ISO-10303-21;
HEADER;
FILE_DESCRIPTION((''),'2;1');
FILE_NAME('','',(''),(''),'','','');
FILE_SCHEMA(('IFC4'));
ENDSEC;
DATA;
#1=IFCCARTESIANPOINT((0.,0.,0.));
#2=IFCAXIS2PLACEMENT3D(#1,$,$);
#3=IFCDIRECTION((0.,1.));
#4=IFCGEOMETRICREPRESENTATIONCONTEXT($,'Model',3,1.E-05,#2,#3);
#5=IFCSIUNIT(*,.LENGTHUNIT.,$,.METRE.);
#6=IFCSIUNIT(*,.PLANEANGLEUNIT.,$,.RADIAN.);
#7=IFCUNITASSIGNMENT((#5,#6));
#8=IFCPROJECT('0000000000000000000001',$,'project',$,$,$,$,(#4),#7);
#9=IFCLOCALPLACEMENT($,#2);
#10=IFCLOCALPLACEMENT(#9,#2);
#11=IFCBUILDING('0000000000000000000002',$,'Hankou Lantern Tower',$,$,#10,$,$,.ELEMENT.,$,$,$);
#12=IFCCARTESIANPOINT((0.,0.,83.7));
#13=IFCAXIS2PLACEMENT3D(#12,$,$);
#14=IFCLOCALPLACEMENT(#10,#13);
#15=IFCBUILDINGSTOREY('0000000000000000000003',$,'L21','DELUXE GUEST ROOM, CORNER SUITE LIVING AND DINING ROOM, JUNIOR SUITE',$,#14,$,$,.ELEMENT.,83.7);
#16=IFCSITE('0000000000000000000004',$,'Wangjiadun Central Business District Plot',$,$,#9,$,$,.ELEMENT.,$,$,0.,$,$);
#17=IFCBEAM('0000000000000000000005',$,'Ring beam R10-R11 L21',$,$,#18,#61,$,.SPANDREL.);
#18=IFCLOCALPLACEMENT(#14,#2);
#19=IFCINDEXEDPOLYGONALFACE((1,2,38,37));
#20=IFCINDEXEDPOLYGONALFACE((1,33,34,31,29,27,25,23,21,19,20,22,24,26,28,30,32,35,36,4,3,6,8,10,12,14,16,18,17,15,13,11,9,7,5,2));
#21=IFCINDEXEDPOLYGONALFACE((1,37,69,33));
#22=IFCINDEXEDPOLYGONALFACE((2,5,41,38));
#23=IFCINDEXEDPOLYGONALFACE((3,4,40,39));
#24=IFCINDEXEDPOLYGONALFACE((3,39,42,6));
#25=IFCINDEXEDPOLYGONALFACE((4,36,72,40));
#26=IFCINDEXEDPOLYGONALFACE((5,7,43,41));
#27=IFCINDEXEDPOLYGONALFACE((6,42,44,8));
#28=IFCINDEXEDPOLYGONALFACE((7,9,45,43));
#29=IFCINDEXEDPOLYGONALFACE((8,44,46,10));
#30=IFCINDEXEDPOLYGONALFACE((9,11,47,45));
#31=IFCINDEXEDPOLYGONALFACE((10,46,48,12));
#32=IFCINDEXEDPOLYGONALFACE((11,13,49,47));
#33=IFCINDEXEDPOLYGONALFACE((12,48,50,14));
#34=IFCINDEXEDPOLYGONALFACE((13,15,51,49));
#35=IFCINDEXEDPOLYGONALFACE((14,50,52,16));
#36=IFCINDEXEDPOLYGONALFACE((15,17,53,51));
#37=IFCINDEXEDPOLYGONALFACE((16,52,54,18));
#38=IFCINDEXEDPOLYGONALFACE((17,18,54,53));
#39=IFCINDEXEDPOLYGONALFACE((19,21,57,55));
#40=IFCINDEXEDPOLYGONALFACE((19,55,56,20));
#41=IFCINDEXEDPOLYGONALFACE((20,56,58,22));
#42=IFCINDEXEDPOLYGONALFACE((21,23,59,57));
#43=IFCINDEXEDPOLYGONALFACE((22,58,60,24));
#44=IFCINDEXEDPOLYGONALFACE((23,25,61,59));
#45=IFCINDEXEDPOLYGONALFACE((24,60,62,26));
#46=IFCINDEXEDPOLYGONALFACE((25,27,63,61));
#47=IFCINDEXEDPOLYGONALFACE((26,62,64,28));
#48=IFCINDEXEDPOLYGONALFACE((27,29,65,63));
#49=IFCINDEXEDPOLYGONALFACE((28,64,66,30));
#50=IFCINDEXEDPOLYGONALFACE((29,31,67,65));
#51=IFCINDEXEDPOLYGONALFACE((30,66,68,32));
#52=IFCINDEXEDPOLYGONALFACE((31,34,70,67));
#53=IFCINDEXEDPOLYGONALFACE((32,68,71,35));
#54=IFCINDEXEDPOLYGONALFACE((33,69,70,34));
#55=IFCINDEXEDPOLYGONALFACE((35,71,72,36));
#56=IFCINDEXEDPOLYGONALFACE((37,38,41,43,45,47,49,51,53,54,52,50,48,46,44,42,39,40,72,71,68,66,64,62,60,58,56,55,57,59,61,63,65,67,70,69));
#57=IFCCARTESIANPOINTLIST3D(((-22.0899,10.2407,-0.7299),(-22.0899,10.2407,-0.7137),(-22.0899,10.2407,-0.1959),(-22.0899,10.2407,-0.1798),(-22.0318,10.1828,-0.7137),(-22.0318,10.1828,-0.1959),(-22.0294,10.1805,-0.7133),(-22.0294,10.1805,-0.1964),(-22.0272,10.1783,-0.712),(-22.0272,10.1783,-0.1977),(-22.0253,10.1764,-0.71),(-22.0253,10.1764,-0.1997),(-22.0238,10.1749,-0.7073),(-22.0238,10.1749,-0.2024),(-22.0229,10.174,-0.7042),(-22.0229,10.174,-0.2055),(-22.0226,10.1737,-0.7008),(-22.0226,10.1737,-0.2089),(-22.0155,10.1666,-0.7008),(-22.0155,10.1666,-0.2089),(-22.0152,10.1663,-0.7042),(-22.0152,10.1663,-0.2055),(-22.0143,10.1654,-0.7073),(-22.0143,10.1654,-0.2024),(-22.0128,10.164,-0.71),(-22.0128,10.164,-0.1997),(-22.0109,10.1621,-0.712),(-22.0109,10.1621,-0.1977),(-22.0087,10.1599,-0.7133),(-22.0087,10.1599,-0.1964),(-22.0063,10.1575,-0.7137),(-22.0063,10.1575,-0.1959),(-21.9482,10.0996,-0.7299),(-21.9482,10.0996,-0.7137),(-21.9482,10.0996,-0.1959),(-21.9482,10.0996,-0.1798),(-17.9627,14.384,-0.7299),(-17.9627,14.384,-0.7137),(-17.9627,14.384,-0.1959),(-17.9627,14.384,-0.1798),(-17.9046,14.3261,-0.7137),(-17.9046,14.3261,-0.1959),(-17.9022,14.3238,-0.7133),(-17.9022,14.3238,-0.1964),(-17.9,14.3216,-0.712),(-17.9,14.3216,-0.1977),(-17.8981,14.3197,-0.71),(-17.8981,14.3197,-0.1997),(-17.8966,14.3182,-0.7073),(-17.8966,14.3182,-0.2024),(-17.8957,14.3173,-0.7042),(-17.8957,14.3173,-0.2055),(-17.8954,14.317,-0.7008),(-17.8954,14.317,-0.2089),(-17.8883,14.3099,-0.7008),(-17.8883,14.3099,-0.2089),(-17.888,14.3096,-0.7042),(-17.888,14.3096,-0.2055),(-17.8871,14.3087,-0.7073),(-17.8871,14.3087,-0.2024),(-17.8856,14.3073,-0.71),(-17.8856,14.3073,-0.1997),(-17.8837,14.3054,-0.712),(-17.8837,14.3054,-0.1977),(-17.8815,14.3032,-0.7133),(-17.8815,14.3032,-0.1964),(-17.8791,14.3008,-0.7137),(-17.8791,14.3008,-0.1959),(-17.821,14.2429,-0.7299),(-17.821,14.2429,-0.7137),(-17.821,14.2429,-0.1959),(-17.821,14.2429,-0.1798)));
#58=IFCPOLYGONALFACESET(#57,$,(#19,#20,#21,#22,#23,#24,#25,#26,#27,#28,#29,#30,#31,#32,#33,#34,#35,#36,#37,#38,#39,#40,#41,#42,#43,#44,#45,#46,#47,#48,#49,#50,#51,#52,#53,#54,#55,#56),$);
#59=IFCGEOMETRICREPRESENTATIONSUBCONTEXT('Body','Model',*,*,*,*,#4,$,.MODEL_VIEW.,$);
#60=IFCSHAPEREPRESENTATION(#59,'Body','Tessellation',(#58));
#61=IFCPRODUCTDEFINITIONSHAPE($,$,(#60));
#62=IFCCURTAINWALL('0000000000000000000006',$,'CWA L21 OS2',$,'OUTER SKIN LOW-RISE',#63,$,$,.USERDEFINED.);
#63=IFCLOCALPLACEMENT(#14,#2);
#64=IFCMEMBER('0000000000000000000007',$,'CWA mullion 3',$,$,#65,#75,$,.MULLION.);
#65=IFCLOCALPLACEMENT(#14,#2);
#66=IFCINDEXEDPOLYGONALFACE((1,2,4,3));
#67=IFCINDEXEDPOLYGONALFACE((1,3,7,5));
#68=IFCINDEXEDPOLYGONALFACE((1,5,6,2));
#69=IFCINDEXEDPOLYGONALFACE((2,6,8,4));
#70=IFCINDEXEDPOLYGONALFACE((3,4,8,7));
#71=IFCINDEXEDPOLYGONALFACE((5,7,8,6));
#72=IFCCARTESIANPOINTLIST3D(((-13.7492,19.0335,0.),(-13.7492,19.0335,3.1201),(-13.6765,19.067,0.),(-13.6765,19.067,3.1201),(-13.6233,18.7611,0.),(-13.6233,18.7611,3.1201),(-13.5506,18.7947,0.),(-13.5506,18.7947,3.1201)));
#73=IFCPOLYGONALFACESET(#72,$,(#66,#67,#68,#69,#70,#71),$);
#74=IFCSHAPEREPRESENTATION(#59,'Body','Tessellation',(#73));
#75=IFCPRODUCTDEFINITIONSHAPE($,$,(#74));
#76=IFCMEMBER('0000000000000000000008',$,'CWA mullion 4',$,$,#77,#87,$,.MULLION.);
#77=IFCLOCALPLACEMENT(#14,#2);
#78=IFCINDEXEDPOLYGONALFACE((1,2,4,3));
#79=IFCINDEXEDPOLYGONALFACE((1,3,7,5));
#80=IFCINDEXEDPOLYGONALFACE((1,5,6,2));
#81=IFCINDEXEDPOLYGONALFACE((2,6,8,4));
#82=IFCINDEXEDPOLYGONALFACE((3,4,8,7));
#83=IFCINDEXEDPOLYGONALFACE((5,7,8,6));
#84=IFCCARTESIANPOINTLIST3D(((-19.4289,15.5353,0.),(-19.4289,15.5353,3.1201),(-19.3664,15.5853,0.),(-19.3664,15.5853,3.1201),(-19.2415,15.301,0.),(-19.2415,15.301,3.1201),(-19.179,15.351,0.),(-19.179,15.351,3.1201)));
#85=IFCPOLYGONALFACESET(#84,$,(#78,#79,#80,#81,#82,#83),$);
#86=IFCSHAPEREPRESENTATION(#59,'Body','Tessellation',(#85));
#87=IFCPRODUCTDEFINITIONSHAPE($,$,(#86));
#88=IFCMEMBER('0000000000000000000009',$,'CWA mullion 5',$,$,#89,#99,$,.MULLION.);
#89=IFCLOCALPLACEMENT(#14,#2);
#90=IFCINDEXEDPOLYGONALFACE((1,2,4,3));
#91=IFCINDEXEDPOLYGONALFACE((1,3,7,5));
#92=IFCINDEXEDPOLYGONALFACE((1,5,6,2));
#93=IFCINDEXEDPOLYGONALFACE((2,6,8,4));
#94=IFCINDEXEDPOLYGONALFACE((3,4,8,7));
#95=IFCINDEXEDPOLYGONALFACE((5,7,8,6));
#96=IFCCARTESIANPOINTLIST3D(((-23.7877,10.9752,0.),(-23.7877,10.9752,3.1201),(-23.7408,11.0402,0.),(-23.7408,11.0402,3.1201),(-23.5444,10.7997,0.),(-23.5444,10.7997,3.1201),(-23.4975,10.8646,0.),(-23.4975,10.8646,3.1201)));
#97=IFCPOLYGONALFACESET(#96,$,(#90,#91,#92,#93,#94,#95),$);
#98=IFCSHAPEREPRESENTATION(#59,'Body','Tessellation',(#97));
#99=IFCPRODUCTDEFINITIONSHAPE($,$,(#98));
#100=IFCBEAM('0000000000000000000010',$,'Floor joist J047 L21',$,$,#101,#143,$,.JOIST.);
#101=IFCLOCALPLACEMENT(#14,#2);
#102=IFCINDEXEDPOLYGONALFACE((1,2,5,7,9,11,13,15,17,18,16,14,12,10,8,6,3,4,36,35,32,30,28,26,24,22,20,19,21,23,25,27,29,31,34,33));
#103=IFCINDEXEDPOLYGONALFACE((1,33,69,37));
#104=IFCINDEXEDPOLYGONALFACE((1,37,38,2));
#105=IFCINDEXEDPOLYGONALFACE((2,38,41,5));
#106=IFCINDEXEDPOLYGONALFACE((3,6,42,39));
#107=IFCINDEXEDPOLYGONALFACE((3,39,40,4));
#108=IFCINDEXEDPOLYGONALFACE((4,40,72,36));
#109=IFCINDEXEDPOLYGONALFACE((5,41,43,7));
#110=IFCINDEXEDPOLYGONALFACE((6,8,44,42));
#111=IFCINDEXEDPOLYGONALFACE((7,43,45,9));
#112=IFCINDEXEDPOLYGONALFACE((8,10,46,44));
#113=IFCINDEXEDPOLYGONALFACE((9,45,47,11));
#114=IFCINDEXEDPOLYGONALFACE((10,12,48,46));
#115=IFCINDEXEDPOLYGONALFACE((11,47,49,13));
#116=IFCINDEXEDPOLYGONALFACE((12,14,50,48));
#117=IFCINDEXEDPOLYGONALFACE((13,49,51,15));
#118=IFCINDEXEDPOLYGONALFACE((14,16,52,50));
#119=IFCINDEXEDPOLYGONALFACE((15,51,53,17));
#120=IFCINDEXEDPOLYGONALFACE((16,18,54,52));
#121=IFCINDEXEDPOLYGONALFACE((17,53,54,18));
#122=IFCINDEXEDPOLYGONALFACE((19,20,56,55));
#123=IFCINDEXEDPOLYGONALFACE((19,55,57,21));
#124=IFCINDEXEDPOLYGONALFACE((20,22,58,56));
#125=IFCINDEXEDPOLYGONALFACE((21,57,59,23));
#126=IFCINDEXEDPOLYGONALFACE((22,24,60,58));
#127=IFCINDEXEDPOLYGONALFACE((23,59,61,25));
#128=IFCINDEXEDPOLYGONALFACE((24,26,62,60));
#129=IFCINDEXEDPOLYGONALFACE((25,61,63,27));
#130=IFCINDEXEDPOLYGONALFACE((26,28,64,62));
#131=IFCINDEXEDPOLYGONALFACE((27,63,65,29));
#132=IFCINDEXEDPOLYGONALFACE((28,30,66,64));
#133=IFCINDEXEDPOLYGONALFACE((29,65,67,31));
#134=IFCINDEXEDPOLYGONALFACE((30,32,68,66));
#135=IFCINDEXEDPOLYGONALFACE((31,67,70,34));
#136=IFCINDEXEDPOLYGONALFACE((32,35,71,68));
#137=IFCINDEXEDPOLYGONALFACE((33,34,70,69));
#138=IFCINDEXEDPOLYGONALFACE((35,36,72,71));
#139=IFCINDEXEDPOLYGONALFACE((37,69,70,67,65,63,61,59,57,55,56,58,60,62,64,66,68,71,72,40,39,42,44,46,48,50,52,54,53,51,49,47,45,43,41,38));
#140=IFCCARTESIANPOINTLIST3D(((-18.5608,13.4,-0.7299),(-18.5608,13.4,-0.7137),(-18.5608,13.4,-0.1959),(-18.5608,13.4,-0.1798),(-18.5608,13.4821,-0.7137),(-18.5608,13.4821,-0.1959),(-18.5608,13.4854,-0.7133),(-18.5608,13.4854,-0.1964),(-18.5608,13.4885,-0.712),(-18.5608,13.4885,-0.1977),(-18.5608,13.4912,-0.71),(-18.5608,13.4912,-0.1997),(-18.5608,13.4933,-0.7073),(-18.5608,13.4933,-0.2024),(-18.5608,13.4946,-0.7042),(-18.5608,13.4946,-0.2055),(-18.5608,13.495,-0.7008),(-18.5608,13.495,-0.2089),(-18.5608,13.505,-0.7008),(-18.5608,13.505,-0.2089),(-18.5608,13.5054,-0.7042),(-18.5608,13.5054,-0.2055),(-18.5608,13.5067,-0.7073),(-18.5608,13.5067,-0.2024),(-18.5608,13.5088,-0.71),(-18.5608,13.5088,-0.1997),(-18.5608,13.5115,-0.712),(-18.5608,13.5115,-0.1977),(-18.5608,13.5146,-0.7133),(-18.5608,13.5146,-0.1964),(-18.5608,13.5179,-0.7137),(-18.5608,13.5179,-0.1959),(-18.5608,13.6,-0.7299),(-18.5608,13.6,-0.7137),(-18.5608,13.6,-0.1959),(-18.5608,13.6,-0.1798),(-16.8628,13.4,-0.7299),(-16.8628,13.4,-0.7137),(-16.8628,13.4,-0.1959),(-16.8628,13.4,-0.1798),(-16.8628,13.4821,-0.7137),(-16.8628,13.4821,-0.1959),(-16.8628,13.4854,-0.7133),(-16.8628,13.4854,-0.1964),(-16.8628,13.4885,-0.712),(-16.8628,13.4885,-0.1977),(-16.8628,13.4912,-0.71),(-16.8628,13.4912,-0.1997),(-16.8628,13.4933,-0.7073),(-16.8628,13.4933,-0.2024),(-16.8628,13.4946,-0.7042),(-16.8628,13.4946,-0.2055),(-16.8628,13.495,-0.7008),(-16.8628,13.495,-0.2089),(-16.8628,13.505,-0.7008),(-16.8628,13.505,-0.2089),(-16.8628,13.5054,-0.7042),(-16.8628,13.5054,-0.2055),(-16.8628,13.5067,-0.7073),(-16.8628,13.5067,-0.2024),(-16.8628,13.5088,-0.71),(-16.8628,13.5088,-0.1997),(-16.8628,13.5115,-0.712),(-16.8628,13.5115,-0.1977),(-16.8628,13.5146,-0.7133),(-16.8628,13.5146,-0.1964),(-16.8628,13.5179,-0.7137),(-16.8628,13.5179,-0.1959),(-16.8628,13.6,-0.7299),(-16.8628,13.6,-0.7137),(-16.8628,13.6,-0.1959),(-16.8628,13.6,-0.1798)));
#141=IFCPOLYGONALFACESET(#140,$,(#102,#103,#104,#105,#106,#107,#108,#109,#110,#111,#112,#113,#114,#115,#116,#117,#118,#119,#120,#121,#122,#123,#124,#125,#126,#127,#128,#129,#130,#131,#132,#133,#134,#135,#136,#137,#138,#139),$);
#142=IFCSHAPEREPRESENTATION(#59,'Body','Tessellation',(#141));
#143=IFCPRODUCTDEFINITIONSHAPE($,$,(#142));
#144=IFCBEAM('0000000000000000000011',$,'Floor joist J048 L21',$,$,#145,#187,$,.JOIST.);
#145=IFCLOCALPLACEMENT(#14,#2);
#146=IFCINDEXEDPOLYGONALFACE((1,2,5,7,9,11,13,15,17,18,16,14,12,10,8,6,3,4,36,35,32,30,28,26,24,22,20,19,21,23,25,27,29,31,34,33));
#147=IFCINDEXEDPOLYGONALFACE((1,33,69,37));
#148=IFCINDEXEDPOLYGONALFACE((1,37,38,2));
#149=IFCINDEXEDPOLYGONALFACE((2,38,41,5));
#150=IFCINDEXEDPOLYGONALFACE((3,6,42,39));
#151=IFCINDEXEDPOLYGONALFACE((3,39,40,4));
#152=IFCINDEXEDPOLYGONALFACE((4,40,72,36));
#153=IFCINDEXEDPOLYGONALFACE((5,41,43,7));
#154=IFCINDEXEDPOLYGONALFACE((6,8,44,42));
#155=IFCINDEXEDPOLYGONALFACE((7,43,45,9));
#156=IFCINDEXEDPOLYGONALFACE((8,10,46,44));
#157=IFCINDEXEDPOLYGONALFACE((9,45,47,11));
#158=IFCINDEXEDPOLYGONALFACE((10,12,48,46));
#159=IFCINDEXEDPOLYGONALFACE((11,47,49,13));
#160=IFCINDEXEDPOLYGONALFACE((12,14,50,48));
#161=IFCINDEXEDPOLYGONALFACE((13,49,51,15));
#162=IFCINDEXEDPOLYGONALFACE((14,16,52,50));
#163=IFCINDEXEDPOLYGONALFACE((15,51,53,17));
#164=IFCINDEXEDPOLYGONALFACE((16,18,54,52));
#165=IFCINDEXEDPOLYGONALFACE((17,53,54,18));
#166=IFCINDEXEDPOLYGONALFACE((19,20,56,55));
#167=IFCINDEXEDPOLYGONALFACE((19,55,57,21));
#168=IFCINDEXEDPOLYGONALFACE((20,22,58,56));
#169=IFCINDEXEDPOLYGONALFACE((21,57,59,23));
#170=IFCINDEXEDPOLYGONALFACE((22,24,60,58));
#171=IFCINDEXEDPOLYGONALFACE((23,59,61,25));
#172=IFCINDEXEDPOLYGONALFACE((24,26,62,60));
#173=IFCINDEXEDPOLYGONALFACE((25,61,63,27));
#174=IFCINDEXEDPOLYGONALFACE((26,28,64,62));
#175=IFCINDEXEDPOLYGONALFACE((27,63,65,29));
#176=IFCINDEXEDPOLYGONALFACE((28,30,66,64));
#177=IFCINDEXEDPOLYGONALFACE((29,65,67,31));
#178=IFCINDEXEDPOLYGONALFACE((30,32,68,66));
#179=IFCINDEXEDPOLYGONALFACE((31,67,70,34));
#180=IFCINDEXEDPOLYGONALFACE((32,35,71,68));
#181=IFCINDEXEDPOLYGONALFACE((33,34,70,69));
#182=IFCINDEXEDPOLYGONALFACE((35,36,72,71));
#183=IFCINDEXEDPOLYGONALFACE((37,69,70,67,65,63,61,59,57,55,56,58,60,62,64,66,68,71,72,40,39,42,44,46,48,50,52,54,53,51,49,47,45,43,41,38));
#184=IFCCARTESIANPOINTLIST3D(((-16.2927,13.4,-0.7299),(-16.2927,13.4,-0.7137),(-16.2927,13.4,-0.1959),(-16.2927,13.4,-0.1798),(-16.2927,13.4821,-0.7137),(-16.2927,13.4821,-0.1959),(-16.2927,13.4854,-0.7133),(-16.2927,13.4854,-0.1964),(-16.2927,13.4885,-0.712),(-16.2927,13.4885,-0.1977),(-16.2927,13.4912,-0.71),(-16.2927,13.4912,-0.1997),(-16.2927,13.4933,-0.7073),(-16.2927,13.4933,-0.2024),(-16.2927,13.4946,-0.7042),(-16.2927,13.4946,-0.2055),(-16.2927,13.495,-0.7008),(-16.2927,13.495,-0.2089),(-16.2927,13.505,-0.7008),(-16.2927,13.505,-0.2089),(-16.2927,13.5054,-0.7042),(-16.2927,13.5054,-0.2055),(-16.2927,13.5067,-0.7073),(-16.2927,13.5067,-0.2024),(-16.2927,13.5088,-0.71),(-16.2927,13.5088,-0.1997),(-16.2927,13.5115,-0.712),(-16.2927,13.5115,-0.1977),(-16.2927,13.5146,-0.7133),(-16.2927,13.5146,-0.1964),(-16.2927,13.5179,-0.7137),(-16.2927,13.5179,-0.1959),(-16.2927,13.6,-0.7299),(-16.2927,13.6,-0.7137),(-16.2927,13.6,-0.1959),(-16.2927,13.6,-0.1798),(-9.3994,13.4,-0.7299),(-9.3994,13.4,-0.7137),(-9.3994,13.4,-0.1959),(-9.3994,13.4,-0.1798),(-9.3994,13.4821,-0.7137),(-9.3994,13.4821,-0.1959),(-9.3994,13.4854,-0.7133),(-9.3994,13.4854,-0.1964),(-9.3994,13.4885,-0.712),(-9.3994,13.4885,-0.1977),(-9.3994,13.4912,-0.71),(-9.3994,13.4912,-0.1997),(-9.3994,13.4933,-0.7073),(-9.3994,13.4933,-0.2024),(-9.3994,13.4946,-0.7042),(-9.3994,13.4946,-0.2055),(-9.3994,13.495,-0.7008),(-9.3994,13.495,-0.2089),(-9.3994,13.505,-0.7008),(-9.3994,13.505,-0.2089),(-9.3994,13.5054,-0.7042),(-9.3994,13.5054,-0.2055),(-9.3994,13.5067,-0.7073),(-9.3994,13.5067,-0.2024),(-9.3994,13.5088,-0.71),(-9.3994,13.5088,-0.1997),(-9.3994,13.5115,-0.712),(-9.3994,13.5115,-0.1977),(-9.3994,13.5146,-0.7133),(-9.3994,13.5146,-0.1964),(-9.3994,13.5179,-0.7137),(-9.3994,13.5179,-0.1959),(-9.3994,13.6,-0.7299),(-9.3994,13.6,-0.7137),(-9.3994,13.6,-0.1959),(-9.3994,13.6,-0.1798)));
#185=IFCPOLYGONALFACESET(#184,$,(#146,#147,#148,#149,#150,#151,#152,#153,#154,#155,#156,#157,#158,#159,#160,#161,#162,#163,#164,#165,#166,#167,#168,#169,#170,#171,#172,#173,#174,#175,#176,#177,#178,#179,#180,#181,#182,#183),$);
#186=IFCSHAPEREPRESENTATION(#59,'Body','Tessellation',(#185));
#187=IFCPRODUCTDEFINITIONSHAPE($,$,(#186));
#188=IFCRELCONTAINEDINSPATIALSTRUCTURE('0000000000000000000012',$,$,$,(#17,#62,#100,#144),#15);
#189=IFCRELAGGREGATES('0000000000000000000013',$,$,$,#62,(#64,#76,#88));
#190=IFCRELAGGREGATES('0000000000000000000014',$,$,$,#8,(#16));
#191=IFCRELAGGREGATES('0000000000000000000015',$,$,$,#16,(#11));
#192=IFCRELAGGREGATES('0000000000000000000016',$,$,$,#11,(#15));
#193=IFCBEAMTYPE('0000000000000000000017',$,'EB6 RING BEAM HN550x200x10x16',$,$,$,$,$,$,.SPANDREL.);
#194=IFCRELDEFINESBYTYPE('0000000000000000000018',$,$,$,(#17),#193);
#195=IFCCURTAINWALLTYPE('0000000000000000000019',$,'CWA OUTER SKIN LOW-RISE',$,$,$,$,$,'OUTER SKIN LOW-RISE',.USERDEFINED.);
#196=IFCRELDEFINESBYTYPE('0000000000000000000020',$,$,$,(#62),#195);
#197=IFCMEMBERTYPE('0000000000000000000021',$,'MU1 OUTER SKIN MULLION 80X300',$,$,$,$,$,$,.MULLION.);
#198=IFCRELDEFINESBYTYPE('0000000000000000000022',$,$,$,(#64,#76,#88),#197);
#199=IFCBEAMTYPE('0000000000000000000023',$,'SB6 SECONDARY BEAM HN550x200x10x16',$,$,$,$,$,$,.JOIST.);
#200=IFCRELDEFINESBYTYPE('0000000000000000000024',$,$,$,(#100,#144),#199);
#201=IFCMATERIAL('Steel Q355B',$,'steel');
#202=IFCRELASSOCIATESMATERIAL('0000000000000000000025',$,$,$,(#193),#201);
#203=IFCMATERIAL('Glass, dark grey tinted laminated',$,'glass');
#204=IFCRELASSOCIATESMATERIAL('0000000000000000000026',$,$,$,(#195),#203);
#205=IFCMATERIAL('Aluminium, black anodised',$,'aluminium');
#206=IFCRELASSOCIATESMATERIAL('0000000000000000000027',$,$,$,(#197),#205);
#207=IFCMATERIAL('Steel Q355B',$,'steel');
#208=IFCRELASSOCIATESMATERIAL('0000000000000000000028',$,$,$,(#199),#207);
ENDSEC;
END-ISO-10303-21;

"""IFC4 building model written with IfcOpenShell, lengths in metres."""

from ifc_helpers import new_model, si_unit, direction, frame, origin, origin_2d, place, context, subcontext, project, spatial, rectangle, i_section, extrude, material, material_profile, profile_set, type_object, element, aggregate, save


model = new_model("IFC4")

# Units and contexts
model_context = context("Model", 3, precision=1e-05, world=origin(), true_north=direction((0.0, 1.0)))
body_context = subcontext(model_context, "Body", "Model", "MODEL_VIEW")
ifc_project = project(units=[si_unit("LENGTHUNIT", "METRE"), si_unit("PLANEANGLEUNIT", "RADIAN")], contexts=[model_context])

# Site, building, storey
site_placement = place(None, origin())
site = spatial("IfcSite", under=ifc_project, at=site_placement, Name="Wangjiadun Central Business District Plot", CompositionType="ELEMENT", RefElevation=0.0)
building_placement = place(site_placement, origin())
building = spatial("IfcBuilding", under=site, at=building_placement, Name="Hankou Lantern Tower", CompositionType="ELEMENT")
storey_placement = place(building_placement, frame((0.0, 0.0, 83.7)))
storey = spatial("IfcBuildingStorey", under=building, at=storey_placement, Name="L21", Description="DELUXE GUEST ROOM, CORNER SUITE LIVING AND DINING ROOM, JUNIOR SUITE", CompositionType="ELEMENT", Elevation=83.7)

# Beam
ifc_material_1 = material(Name="Steel Q355B", Category="steel")
ifc_material_profile_1 = material_profile(ifc_material_1, i_section(OverallWidth=0.2, OverallDepth=0.55, WebThickness=0.01, FlangeThickness=0.0161, FilletRadius=0.0129, at=origin_2d()), Name="HN550x200x10x16")
ifc_profile_set_1 = profile_set([ifc_material_profile_1], Name="Steel Q355B")
beam_type_1 = type_object("IfcBeamType", Name="EB6 RING BEAM HN550x200x10x16", PredefinedType="SPANDREL", material=ifc_profile_set_1)
beam_1_placement = place(storey_placement, frame((-17.8918, 14.3135, -0.4548), z_axis=(-0.705728, -0.708483, 0.0), x_axis=(0.708483, -0.705728, 0.0)))
element("IfcBeam", 1, at=beam_1_placement, inside=storey, type_object=beam_type_1, Name="Ring beam R10-R11 L21", PredefinedType="SPANDREL", context=body_context, shape_type="SweptSolid", body=[
    extrude(i_section(OverallWidth=0.2, OverallDepth=0.55, WebThickness=0.01, FlangeThickness=0.0161, FilletRadius=0.0129, at=origin_2d()), origin(), (0.0, 0.0, 1.0), 5.8481),
])

# Curtain wall, members
ifc_material_2 = material(Name="Glass, dark grey tinted laminated", Category="glass")
curtain_wall_type = type_object("IfcCurtainWallType", Name="CWA OUTER SKIN LOW-RISE", ElementType="OUTER SKIN LOW-RISE", PredefinedType="USERDEFINED", material=ifc_material_2)
curtain_wall_placement = place(storey_placement, origin())
curtain_wall = element("IfcCurtainWall", 2, at=curtain_wall_placement, inside=storey, type_object=curtain_wall_type, Name="CWA L21 OS2", ObjectType="OUTER SKIN LOW-RISE", PredefinedType="USERDEFINED")
ifc_material_3 = material(Name="Aluminium, black anodised", Category="aluminium")
ifc_material_profile_2 = material_profile(ifc_material_3, rectangle(XDim=0.0801, YDim=0.3, at=origin_2d()), Name="MU1 80X300")
ifc_profile_set_2 = profile_set([ifc_material_profile_2], Name="Aluminium, black anodised")
member_type_1 = type_object("IfcMemberType", Name="MU1 OUTER SKIN MULLION 80X300", PredefinedType="MULLION", material=ifc_profile_set_2)
member_1_placement = place(storey_placement, frame((-13.6499, 18.9141, 0.0), z_axis=(0.0, 0.0, 1.0), x_axis=(-0.907841, -0.419314, 0.0)))
member_1 = element("IfcMember", 3, at=member_1_placement, type_object=member_type_1, Name="CWA mullion 3", PredefinedType="MULLION", context=body_context, shape_type="SweptSolid", body=[
    extrude(rectangle(XDim=0.0801, YDim=0.3, at=origin_2d()), origin(), (0.0, 0.0, 1.0), 3.1201),
])
member_2_placement = place(storey_placement, frame((-19.304, 15.4431, 0.0), z_axis=(0.0, 0.0, 1.0), x_axis=(-0.780869, -0.624695, 0.0)))
member_2 = element("IfcMember", 4, at=member_2_placement, type_object=member_type_1, Name="CWA mullion 4", PredefinedType="MULLION", context=body_context, shape_type="SweptSolid", body=[
    extrude(rectangle(XDim=0.0801, YDim=0.3, at=origin_2d()), origin(), (0.0, 0.0, 1.0), 3.1201),
])
member_3_placement = place(storey_placement, frame((-23.6426, 10.9199, 0.0), z_axis=(0.0, 0.0, 1.0), x_axis=(-0.585206, -0.810885, 0.0)))
member_3 = element("IfcMember", 5, at=member_3_placement, type_object=member_type_1, Name="CWA mullion 5", PredefinedType="MULLION", context=body_context, shape_type="SweptSolid", body=[
    extrude(rectangle(XDim=0.0801, YDim=0.3, at=origin_2d()), origin(), (0.0, 0.0, 1.0), 3.1201),
])

# Beams
ifc_material_4 = material(Name="Steel Q355B", Category="steel")
ifc_material_profile_3 = material_profile(ifc_material_4, i_section(OverallWidth=0.2, OverallDepth=0.55, WebThickness=0.01, FlangeThickness=0.0161, FilletRadius=0.0129, at=origin_2d()), Name="HN550x200x10x16")
ifc_profile_set_3 = profile_set([ifc_material_profile_3], Name="Steel Q355B")
beam_type_2 = type_object("IfcBeamType", Name="SB6 SECONDARY BEAM HN550x200x10x16", PredefinedType="JOIST", material=ifc_profile_set_3)
beam_2_placement = place(storey_placement, frame((-18.5608, 13.5, -0.4548), z_axis=(1.0, 0.0, 0.0), x_axis=(0.0, 1.0, 0.0)))
element("IfcBeam", 6, at=beam_2_placement, inside=storey, type_object=beam_type_2, Name="Floor joist J047 L21", PredefinedType="JOIST", context=body_context, shape_type="SweptSolid", body=[
    extrude(i_section(OverallWidth=0.2, OverallDepth=0.55, WebThickness=0.01, FlangeThickness=0.0161, FilletRadius=0.0129, at=origin_2d()), origin(), (0.0, 0.0, 1.0), 1.698),
])
beam_3_placement = place(storey_placement, frame((-16.2927, 13.5, -0.4548), z_axis=(1.0, 0.0, 0.0), x_axis=(0.0, 1.0, 0.0)))
element("IfcBeam", 7, at=beam_3_placement, inside=storey, type_object=beam_type_2, Name="Floor joist J048 L21", PredefinedType="JOIST", context=body_context, shape_type="SweptSolid", body=[
    extrude(i_section(OverallWidth=0.2, OverallDepth=0.55, WebThickness=0.01, FlangeThickness=0.0161, FilletRadius=0.0129, at=origin_2d()), origin(), (0.0, 0.0, 1.0), 6.8933),
])

aggregate(curtain_wall, [member_1, member_2, member_3])

save(model, "model.ifc")
